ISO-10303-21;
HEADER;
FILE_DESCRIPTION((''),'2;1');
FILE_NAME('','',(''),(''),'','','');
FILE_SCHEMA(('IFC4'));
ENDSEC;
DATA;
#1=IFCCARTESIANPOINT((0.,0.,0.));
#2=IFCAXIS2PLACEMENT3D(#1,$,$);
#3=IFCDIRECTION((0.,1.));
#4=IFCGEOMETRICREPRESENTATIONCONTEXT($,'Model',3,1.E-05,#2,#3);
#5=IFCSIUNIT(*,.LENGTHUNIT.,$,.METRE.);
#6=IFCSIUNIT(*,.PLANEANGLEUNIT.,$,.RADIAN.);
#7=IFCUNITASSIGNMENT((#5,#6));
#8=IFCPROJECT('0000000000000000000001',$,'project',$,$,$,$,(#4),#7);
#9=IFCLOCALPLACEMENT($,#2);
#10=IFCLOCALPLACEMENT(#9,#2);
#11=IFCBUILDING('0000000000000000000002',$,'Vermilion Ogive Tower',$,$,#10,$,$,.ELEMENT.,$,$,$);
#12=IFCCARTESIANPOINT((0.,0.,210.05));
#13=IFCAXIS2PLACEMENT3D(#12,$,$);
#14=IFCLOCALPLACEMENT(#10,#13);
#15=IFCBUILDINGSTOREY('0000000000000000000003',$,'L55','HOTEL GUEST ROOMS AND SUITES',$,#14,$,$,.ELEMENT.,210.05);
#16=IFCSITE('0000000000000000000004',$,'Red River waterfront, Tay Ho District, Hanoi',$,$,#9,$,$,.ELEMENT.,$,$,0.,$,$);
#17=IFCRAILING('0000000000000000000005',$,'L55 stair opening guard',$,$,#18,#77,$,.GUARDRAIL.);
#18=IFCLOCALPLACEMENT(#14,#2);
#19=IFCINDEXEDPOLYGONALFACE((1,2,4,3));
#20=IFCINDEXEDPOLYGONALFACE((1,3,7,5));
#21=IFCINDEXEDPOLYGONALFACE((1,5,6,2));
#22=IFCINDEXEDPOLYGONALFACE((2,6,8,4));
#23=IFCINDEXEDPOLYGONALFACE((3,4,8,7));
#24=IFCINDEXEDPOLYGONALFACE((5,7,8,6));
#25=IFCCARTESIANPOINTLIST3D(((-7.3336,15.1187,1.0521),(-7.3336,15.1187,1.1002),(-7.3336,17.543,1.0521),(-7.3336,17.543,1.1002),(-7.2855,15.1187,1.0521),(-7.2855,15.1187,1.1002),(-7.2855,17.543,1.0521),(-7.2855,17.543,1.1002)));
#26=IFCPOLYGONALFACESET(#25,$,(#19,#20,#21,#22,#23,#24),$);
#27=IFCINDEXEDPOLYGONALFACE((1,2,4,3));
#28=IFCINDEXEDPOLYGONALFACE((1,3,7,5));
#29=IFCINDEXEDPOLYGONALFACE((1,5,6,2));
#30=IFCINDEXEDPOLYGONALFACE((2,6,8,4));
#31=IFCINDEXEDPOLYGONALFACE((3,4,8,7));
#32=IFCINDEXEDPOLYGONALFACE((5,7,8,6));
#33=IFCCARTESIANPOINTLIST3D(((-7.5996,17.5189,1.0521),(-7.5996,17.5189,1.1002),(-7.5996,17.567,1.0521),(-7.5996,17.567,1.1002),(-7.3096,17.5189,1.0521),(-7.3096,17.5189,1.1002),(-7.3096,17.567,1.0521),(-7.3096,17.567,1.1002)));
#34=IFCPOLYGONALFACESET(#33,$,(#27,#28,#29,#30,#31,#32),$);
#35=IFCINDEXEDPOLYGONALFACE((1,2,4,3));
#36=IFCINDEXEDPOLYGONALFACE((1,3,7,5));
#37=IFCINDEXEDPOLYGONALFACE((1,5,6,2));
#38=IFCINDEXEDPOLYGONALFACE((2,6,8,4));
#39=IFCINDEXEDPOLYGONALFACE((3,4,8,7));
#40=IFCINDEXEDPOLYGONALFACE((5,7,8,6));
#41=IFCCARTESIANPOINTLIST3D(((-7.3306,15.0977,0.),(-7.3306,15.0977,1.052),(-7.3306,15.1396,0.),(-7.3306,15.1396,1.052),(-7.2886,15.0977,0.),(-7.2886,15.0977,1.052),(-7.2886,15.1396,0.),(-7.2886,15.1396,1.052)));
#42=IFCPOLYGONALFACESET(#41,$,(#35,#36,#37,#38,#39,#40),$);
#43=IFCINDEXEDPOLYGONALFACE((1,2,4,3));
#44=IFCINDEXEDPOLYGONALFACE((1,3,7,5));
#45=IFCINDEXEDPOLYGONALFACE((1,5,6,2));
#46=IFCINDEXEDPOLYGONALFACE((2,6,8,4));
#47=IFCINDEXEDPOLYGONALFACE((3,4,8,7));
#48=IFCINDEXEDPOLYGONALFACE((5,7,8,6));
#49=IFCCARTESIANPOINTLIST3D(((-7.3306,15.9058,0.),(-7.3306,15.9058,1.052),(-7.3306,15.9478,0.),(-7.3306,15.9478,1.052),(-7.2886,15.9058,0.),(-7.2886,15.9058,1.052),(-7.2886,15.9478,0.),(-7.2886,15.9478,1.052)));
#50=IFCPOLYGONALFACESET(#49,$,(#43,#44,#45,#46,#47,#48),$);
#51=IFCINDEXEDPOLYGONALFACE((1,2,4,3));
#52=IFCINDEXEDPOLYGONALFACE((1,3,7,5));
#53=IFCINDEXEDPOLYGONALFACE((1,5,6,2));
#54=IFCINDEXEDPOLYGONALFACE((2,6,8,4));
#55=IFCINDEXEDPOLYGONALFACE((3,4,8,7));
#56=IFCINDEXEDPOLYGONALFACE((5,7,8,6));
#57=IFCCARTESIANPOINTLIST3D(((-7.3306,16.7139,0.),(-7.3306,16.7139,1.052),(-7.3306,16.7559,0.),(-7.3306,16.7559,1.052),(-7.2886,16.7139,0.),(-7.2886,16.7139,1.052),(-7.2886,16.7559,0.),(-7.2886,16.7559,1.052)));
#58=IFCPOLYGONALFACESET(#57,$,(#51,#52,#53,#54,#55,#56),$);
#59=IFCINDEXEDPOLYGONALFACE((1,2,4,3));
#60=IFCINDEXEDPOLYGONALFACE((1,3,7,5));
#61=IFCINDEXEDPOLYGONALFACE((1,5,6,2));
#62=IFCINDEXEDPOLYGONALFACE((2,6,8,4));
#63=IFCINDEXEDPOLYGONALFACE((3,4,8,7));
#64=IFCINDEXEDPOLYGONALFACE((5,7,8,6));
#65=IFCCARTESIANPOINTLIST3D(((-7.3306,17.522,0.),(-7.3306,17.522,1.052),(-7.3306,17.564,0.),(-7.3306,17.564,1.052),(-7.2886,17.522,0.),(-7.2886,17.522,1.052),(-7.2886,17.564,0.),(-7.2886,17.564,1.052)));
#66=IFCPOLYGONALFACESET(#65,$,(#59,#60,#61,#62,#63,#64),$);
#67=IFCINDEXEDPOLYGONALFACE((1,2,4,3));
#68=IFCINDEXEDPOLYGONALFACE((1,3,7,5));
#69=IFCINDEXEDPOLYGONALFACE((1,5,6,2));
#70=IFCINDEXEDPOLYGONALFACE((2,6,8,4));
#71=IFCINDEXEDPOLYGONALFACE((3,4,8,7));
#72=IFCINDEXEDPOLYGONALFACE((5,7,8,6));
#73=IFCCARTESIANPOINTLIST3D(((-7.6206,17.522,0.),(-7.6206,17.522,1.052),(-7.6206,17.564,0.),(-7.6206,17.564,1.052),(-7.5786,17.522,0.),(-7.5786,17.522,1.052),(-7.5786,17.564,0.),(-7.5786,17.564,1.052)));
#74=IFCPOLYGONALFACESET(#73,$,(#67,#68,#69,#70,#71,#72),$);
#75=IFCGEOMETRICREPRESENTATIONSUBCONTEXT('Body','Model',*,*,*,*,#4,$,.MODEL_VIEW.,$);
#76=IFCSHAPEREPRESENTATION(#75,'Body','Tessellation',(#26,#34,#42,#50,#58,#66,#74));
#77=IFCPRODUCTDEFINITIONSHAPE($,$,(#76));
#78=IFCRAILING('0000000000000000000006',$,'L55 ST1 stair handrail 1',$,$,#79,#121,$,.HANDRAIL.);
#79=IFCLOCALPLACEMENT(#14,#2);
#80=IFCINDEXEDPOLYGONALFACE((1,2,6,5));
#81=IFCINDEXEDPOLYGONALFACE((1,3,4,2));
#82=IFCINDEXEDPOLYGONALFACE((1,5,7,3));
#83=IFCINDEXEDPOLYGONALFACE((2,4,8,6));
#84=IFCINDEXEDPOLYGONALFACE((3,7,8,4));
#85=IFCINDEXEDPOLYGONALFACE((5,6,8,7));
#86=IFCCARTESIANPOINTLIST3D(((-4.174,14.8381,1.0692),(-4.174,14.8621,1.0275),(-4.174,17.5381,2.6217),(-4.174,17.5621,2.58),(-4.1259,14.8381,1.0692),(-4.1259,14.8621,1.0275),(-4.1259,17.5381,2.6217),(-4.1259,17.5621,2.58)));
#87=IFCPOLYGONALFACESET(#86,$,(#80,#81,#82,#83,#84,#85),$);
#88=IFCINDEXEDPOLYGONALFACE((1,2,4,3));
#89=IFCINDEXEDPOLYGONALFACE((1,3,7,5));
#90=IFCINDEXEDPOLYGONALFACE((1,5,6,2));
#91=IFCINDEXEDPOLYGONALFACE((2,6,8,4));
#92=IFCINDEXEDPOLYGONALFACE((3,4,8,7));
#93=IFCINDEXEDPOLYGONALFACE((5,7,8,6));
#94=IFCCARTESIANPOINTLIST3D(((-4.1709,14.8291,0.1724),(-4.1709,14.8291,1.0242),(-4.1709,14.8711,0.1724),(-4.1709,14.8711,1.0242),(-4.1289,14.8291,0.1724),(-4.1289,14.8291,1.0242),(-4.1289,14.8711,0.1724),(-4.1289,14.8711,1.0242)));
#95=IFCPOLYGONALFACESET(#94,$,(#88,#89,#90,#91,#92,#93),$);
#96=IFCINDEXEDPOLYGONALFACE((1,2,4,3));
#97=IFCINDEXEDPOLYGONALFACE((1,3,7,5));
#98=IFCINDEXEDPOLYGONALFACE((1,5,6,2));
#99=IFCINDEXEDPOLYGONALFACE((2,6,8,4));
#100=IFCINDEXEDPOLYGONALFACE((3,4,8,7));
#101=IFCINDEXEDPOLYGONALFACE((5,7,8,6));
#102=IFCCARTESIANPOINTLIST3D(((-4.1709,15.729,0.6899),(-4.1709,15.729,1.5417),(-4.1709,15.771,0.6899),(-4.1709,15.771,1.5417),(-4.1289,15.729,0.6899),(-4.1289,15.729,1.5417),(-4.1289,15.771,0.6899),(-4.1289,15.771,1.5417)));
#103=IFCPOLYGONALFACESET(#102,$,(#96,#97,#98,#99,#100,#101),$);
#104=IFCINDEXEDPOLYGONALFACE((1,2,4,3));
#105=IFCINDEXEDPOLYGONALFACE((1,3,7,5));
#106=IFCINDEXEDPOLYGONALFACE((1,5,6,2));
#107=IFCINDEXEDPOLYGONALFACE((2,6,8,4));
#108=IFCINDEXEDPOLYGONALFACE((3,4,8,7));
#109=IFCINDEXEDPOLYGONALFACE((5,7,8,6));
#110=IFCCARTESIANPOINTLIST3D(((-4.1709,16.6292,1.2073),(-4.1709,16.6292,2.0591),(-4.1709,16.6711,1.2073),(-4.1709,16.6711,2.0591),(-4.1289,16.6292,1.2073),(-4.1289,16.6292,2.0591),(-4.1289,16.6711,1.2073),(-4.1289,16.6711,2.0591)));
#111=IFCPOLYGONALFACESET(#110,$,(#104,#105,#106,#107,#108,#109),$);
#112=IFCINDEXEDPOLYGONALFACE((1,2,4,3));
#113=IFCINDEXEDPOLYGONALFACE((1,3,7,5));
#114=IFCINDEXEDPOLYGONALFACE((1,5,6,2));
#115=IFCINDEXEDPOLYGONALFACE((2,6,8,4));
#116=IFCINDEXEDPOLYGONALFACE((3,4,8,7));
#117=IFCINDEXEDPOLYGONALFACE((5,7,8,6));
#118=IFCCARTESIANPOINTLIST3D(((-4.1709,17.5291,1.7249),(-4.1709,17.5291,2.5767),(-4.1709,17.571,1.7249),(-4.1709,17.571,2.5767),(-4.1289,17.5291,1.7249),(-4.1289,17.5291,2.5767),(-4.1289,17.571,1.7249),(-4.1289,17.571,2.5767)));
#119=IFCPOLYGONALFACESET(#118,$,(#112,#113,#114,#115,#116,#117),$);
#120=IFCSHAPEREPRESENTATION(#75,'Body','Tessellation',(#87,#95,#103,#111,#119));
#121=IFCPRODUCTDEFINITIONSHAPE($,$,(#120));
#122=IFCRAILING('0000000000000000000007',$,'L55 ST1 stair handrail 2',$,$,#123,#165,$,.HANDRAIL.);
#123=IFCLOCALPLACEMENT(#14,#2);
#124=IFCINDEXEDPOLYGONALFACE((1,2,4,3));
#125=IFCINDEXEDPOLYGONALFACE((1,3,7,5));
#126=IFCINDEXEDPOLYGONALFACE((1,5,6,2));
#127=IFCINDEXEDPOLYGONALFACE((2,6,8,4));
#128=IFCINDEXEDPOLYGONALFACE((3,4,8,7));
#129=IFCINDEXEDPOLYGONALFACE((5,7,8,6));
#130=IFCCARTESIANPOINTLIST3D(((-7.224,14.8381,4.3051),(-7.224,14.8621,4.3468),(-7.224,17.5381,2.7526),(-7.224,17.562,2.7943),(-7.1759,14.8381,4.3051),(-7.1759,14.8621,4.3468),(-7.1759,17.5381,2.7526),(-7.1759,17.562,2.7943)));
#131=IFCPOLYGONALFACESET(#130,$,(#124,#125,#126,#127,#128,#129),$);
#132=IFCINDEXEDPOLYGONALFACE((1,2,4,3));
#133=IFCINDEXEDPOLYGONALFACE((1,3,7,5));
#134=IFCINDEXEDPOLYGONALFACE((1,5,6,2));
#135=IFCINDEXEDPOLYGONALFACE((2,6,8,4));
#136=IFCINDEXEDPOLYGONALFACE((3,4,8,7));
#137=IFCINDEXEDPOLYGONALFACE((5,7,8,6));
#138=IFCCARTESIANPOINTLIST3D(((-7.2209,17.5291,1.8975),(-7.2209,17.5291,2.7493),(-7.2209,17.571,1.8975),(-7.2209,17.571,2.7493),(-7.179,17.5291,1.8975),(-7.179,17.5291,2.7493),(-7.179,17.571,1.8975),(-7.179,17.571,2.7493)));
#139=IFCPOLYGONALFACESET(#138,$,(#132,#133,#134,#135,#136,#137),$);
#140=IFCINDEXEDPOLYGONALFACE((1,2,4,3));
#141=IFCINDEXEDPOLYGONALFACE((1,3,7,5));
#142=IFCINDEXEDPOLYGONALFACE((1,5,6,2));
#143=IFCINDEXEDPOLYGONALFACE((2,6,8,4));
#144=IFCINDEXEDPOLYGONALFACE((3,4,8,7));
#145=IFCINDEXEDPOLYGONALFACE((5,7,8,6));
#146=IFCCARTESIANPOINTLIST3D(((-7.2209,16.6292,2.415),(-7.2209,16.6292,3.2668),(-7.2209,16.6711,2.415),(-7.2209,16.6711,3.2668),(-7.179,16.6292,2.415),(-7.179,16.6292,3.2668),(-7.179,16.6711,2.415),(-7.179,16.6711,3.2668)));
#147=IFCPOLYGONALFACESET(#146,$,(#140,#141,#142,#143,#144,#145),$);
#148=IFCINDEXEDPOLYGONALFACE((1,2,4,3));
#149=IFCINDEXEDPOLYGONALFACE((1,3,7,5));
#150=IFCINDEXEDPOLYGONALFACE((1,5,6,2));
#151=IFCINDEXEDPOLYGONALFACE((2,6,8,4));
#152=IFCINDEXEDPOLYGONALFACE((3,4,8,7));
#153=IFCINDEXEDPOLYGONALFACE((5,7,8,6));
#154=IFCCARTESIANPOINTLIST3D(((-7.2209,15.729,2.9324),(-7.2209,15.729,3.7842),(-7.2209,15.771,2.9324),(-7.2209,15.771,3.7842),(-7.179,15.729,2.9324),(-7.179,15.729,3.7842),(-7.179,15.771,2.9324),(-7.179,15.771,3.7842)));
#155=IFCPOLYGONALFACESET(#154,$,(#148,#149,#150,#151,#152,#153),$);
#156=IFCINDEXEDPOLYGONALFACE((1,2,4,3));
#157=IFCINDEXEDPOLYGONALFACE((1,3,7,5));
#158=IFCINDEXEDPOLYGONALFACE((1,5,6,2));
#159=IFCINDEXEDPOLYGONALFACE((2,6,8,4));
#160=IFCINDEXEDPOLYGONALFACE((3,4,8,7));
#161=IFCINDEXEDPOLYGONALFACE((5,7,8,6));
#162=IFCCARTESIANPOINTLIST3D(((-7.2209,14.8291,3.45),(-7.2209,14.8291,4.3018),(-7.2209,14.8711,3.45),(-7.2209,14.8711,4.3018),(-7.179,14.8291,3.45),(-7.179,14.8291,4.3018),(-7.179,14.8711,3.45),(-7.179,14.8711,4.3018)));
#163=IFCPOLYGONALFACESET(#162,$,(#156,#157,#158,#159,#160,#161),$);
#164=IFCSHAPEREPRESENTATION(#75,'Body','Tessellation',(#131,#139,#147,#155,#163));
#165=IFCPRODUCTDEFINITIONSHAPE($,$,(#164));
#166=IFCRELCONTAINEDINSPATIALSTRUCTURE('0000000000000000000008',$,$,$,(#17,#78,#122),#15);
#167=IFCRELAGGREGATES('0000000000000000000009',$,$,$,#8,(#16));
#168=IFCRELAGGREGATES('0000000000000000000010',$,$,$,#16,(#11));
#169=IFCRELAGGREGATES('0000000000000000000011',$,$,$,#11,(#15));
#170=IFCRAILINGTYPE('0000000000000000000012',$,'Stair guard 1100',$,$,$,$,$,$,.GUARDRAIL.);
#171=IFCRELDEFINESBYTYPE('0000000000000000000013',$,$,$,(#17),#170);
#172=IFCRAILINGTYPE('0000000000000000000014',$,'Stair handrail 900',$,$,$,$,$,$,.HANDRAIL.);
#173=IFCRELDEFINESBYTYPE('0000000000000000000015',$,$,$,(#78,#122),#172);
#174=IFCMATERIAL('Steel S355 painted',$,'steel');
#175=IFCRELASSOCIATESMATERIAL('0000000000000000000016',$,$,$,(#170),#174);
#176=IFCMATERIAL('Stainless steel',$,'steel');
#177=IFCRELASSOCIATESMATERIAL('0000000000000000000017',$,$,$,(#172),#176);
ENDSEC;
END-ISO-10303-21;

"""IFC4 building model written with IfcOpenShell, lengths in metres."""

from ifc_helpers import new_model, si_unit, direction, frame, origin, origin_2d, place, context, subcontext, project, spatial, rectangle, extrude, material, type_object, element, save


model = new_model("IFC4")

# Units and contexts
model_context = context("Model", 3, precision=1e-05, world=origin(), true_north=direction((0.0, 1.0)))
body_context = subcontext(model_context, "Body", "Model", "MODEL_VIEW")
ifc_project = project(units=[si_unit("LENGTHUNIT", "METRE"), si_unit("PLANEANGLEUNIT", "RADIAN")], contexts=[model_context])

# Site, building, storey
site_placement = place(None, origin())
site = spatial("IfcSite", under=ifc_project, at=site_placement, Name="Red River waterfront, Tay Ho District, Hanoi", CompositionType="ELEMENT", RefElevation=0.0)
building_placement = place(site_placement, origin())
building = spatial("IfcBuilding", under=site, at=building_placement, Name="Vermilion Ogive Tower", CompositionType="ELEMENT")
storey_placement = place(building_placement, frame((0.0, 0.0, 210.05)))
storey = spatial("IfcBuildingStorey", under=building, at=storey_placement, Name="L55", Description="HOTEL GUEST ROOMS AND SUITES", CompositionType="ELEMENT", Elevation=210.05)

# Railings
ifc_material_1 = material(Name="Steel S355 painted", Category="steel")
railing_type_1 = type_object("IfcRailingType", Name="Stair guard 1100", PredefinedType="GUARDRAIL", material=ifc_material_1)
railing_1_placement = place(storey_placement, frame((-7.3096, 15.1187, 0.0)))
element("IfcRailing", 1, at=railing_1_placement, inside=storey, type_object=railing_type_1, Name="L55 stair opening guard", PredefinedType="GUARDRAIL", context=body_context, shape_type="SweptSolid", body=[
    extrude(rectangle(XDim=0.0481, YDim=0.0481, at=origin_2d()), frame((0.0, 0.0, 1.0762), z_axis=(0.0, 1.0, 0.0), x_axis=(-1.0, 0.0, 0.0)), (0.0, 0.0, 1.0), 2.4243),
    extrude(rectangle(XDim=0.0481, YDim=0.0481, at=origin_2d()), frame((0.0, 2.4243, 1.0762), z_axis=(-1.0, 0.0, 0.0), x_axis=(0.0, -1.0, 0.0)), (0.0, 0.0, 1.0), 0.29),
    extrude(rectangle(XDim=0.042, YDim=0.042, at=origin_2d()), origin(), (0.0, 0.0, 1.0), 1.052),
    extrude(rectangle(XDim=0.042, YDim=0.042, at=origin_2d()), frame((0.0, 0.8081, 0.0)), (0.0, 0.0, 1.0), 1.052),
    extrude(rectangle(XDim=0.042, YDim=0.042, at=origin_2d()), frame((0.0, 1.6162, 0.0)), (0.0, 0.0, 1.0), 1.052),
    extrude(rectangle(XDim=0.042, YDim=0.042, at=origin_2d()), frame((0.0, 2.4243, 0.0)), (0.0, 0.0, 1.0), 1.052),
    extrude(rectangle(XDim=0.042, YDim=0.042, at=origin_2d()), frame((-0.29, 2.4243, 0.0)), (0.0, 0.0, 1.0), 1.052),
])
ifc_material_2 = material(Name="Stainless steel", Category="steel")
railing_type_2 = type_object("IfcRailingType", Name="Stair handrail 900", PredefinedType="HANDRAIL", material=ifc_material_2)
railing_2_placement = place(storey_placement, frame((-4.1499, 14.8501, 0.1724)))
element("IfcRailing", 2, at=railing_2_placement, inside=storey, type_object=railing_type_2, Name="L55 ST1 stair handrail 1", PredefinedType="HANDRAIL", context=body_context, shape_type="SweptSolid", body=[
    extrude(rectangle(XDim=0.0481, YDim=0.0481, at=origin_2d()), frame((0.0, 0.0, 0.876), z_axis=(0.0, 0.866904, 0.498476), x_axis=(-1.0, 0.0, 0.0)), (0.0, 0.0, 1.0), 3.1145),
    extrude(rectangle(XDim=0.042, YDim=0.042, at=origin_2d()), origin(), (0.0, 0.0, 1.0), 0.8518),
    extrude(rectangle(XDim=0.042, YDim=0.042, at=origin_2d()), frame((0.0, 0.8999, 0.5176)), (0.0, 0.0, 1.0), 0.8518),
    extrude(rectangle(XDim=0.042, YDim=0.042, at=origin_2d()), frame((0.0, 1.8, 1.0349)), (0.0, 0.0, 1.0), 0.8518),
    extrude(rectangle(XDim=0.042, YDim=0.042, at=origin_2d()), frame((0.0, 2.7, 1.5525)), (0.0, 0.0, 1.0), 0.8518),
])
railing_3_placement = place(storey_placement, frame((-7.2, 17.55, 1.8975)))
element("IfcRailing", 3, at=railing_3_placement, inside=storey, type_object=railing_type_2, Name="L55 ST1 stair handrail 2", PredefinedType="HANDRAIL", context=body_context, shape_type="SweptSolid", body=[
    extrude(rectangle(XDim=0.0481, YDim=0.0481, at=origin_2d()), frame((0.0, 0.0, 0.876), z_axis=(0.0, -0.866904, 0.498476), x_axis=(1.0, 0.0, 0.0)), (0.0, 0.0, 1.0), 3.1145),
    extrude(rectangle(XDim=0.042, YDim=0.042, at=origin_2d()), origin(), (0.0, 0.0, 1.0), 0.8518),
    extrude(rectangle(XDim=0.042, YDim=0.042, at=origin_2d()), frame((0.0, -0.8999, 0.5176)), (0.0, 0.0, 1.0), 0.8518),
    extrude(rectangle(XDim=0.042, YDim=0.042, at=origin_2d()), frame((0.0, -1.8, 1.0349)), (0.0, 0.0, 1.0), 0.8518),
    extrude(rectangle(XDim=0.042, YDim=0.042, at=origin_2d()), frame((0.0, -2.7, 1.5525)), (0.0, 0.0, 1.0), 0.8518),
])

save(model, "model.ifc")
